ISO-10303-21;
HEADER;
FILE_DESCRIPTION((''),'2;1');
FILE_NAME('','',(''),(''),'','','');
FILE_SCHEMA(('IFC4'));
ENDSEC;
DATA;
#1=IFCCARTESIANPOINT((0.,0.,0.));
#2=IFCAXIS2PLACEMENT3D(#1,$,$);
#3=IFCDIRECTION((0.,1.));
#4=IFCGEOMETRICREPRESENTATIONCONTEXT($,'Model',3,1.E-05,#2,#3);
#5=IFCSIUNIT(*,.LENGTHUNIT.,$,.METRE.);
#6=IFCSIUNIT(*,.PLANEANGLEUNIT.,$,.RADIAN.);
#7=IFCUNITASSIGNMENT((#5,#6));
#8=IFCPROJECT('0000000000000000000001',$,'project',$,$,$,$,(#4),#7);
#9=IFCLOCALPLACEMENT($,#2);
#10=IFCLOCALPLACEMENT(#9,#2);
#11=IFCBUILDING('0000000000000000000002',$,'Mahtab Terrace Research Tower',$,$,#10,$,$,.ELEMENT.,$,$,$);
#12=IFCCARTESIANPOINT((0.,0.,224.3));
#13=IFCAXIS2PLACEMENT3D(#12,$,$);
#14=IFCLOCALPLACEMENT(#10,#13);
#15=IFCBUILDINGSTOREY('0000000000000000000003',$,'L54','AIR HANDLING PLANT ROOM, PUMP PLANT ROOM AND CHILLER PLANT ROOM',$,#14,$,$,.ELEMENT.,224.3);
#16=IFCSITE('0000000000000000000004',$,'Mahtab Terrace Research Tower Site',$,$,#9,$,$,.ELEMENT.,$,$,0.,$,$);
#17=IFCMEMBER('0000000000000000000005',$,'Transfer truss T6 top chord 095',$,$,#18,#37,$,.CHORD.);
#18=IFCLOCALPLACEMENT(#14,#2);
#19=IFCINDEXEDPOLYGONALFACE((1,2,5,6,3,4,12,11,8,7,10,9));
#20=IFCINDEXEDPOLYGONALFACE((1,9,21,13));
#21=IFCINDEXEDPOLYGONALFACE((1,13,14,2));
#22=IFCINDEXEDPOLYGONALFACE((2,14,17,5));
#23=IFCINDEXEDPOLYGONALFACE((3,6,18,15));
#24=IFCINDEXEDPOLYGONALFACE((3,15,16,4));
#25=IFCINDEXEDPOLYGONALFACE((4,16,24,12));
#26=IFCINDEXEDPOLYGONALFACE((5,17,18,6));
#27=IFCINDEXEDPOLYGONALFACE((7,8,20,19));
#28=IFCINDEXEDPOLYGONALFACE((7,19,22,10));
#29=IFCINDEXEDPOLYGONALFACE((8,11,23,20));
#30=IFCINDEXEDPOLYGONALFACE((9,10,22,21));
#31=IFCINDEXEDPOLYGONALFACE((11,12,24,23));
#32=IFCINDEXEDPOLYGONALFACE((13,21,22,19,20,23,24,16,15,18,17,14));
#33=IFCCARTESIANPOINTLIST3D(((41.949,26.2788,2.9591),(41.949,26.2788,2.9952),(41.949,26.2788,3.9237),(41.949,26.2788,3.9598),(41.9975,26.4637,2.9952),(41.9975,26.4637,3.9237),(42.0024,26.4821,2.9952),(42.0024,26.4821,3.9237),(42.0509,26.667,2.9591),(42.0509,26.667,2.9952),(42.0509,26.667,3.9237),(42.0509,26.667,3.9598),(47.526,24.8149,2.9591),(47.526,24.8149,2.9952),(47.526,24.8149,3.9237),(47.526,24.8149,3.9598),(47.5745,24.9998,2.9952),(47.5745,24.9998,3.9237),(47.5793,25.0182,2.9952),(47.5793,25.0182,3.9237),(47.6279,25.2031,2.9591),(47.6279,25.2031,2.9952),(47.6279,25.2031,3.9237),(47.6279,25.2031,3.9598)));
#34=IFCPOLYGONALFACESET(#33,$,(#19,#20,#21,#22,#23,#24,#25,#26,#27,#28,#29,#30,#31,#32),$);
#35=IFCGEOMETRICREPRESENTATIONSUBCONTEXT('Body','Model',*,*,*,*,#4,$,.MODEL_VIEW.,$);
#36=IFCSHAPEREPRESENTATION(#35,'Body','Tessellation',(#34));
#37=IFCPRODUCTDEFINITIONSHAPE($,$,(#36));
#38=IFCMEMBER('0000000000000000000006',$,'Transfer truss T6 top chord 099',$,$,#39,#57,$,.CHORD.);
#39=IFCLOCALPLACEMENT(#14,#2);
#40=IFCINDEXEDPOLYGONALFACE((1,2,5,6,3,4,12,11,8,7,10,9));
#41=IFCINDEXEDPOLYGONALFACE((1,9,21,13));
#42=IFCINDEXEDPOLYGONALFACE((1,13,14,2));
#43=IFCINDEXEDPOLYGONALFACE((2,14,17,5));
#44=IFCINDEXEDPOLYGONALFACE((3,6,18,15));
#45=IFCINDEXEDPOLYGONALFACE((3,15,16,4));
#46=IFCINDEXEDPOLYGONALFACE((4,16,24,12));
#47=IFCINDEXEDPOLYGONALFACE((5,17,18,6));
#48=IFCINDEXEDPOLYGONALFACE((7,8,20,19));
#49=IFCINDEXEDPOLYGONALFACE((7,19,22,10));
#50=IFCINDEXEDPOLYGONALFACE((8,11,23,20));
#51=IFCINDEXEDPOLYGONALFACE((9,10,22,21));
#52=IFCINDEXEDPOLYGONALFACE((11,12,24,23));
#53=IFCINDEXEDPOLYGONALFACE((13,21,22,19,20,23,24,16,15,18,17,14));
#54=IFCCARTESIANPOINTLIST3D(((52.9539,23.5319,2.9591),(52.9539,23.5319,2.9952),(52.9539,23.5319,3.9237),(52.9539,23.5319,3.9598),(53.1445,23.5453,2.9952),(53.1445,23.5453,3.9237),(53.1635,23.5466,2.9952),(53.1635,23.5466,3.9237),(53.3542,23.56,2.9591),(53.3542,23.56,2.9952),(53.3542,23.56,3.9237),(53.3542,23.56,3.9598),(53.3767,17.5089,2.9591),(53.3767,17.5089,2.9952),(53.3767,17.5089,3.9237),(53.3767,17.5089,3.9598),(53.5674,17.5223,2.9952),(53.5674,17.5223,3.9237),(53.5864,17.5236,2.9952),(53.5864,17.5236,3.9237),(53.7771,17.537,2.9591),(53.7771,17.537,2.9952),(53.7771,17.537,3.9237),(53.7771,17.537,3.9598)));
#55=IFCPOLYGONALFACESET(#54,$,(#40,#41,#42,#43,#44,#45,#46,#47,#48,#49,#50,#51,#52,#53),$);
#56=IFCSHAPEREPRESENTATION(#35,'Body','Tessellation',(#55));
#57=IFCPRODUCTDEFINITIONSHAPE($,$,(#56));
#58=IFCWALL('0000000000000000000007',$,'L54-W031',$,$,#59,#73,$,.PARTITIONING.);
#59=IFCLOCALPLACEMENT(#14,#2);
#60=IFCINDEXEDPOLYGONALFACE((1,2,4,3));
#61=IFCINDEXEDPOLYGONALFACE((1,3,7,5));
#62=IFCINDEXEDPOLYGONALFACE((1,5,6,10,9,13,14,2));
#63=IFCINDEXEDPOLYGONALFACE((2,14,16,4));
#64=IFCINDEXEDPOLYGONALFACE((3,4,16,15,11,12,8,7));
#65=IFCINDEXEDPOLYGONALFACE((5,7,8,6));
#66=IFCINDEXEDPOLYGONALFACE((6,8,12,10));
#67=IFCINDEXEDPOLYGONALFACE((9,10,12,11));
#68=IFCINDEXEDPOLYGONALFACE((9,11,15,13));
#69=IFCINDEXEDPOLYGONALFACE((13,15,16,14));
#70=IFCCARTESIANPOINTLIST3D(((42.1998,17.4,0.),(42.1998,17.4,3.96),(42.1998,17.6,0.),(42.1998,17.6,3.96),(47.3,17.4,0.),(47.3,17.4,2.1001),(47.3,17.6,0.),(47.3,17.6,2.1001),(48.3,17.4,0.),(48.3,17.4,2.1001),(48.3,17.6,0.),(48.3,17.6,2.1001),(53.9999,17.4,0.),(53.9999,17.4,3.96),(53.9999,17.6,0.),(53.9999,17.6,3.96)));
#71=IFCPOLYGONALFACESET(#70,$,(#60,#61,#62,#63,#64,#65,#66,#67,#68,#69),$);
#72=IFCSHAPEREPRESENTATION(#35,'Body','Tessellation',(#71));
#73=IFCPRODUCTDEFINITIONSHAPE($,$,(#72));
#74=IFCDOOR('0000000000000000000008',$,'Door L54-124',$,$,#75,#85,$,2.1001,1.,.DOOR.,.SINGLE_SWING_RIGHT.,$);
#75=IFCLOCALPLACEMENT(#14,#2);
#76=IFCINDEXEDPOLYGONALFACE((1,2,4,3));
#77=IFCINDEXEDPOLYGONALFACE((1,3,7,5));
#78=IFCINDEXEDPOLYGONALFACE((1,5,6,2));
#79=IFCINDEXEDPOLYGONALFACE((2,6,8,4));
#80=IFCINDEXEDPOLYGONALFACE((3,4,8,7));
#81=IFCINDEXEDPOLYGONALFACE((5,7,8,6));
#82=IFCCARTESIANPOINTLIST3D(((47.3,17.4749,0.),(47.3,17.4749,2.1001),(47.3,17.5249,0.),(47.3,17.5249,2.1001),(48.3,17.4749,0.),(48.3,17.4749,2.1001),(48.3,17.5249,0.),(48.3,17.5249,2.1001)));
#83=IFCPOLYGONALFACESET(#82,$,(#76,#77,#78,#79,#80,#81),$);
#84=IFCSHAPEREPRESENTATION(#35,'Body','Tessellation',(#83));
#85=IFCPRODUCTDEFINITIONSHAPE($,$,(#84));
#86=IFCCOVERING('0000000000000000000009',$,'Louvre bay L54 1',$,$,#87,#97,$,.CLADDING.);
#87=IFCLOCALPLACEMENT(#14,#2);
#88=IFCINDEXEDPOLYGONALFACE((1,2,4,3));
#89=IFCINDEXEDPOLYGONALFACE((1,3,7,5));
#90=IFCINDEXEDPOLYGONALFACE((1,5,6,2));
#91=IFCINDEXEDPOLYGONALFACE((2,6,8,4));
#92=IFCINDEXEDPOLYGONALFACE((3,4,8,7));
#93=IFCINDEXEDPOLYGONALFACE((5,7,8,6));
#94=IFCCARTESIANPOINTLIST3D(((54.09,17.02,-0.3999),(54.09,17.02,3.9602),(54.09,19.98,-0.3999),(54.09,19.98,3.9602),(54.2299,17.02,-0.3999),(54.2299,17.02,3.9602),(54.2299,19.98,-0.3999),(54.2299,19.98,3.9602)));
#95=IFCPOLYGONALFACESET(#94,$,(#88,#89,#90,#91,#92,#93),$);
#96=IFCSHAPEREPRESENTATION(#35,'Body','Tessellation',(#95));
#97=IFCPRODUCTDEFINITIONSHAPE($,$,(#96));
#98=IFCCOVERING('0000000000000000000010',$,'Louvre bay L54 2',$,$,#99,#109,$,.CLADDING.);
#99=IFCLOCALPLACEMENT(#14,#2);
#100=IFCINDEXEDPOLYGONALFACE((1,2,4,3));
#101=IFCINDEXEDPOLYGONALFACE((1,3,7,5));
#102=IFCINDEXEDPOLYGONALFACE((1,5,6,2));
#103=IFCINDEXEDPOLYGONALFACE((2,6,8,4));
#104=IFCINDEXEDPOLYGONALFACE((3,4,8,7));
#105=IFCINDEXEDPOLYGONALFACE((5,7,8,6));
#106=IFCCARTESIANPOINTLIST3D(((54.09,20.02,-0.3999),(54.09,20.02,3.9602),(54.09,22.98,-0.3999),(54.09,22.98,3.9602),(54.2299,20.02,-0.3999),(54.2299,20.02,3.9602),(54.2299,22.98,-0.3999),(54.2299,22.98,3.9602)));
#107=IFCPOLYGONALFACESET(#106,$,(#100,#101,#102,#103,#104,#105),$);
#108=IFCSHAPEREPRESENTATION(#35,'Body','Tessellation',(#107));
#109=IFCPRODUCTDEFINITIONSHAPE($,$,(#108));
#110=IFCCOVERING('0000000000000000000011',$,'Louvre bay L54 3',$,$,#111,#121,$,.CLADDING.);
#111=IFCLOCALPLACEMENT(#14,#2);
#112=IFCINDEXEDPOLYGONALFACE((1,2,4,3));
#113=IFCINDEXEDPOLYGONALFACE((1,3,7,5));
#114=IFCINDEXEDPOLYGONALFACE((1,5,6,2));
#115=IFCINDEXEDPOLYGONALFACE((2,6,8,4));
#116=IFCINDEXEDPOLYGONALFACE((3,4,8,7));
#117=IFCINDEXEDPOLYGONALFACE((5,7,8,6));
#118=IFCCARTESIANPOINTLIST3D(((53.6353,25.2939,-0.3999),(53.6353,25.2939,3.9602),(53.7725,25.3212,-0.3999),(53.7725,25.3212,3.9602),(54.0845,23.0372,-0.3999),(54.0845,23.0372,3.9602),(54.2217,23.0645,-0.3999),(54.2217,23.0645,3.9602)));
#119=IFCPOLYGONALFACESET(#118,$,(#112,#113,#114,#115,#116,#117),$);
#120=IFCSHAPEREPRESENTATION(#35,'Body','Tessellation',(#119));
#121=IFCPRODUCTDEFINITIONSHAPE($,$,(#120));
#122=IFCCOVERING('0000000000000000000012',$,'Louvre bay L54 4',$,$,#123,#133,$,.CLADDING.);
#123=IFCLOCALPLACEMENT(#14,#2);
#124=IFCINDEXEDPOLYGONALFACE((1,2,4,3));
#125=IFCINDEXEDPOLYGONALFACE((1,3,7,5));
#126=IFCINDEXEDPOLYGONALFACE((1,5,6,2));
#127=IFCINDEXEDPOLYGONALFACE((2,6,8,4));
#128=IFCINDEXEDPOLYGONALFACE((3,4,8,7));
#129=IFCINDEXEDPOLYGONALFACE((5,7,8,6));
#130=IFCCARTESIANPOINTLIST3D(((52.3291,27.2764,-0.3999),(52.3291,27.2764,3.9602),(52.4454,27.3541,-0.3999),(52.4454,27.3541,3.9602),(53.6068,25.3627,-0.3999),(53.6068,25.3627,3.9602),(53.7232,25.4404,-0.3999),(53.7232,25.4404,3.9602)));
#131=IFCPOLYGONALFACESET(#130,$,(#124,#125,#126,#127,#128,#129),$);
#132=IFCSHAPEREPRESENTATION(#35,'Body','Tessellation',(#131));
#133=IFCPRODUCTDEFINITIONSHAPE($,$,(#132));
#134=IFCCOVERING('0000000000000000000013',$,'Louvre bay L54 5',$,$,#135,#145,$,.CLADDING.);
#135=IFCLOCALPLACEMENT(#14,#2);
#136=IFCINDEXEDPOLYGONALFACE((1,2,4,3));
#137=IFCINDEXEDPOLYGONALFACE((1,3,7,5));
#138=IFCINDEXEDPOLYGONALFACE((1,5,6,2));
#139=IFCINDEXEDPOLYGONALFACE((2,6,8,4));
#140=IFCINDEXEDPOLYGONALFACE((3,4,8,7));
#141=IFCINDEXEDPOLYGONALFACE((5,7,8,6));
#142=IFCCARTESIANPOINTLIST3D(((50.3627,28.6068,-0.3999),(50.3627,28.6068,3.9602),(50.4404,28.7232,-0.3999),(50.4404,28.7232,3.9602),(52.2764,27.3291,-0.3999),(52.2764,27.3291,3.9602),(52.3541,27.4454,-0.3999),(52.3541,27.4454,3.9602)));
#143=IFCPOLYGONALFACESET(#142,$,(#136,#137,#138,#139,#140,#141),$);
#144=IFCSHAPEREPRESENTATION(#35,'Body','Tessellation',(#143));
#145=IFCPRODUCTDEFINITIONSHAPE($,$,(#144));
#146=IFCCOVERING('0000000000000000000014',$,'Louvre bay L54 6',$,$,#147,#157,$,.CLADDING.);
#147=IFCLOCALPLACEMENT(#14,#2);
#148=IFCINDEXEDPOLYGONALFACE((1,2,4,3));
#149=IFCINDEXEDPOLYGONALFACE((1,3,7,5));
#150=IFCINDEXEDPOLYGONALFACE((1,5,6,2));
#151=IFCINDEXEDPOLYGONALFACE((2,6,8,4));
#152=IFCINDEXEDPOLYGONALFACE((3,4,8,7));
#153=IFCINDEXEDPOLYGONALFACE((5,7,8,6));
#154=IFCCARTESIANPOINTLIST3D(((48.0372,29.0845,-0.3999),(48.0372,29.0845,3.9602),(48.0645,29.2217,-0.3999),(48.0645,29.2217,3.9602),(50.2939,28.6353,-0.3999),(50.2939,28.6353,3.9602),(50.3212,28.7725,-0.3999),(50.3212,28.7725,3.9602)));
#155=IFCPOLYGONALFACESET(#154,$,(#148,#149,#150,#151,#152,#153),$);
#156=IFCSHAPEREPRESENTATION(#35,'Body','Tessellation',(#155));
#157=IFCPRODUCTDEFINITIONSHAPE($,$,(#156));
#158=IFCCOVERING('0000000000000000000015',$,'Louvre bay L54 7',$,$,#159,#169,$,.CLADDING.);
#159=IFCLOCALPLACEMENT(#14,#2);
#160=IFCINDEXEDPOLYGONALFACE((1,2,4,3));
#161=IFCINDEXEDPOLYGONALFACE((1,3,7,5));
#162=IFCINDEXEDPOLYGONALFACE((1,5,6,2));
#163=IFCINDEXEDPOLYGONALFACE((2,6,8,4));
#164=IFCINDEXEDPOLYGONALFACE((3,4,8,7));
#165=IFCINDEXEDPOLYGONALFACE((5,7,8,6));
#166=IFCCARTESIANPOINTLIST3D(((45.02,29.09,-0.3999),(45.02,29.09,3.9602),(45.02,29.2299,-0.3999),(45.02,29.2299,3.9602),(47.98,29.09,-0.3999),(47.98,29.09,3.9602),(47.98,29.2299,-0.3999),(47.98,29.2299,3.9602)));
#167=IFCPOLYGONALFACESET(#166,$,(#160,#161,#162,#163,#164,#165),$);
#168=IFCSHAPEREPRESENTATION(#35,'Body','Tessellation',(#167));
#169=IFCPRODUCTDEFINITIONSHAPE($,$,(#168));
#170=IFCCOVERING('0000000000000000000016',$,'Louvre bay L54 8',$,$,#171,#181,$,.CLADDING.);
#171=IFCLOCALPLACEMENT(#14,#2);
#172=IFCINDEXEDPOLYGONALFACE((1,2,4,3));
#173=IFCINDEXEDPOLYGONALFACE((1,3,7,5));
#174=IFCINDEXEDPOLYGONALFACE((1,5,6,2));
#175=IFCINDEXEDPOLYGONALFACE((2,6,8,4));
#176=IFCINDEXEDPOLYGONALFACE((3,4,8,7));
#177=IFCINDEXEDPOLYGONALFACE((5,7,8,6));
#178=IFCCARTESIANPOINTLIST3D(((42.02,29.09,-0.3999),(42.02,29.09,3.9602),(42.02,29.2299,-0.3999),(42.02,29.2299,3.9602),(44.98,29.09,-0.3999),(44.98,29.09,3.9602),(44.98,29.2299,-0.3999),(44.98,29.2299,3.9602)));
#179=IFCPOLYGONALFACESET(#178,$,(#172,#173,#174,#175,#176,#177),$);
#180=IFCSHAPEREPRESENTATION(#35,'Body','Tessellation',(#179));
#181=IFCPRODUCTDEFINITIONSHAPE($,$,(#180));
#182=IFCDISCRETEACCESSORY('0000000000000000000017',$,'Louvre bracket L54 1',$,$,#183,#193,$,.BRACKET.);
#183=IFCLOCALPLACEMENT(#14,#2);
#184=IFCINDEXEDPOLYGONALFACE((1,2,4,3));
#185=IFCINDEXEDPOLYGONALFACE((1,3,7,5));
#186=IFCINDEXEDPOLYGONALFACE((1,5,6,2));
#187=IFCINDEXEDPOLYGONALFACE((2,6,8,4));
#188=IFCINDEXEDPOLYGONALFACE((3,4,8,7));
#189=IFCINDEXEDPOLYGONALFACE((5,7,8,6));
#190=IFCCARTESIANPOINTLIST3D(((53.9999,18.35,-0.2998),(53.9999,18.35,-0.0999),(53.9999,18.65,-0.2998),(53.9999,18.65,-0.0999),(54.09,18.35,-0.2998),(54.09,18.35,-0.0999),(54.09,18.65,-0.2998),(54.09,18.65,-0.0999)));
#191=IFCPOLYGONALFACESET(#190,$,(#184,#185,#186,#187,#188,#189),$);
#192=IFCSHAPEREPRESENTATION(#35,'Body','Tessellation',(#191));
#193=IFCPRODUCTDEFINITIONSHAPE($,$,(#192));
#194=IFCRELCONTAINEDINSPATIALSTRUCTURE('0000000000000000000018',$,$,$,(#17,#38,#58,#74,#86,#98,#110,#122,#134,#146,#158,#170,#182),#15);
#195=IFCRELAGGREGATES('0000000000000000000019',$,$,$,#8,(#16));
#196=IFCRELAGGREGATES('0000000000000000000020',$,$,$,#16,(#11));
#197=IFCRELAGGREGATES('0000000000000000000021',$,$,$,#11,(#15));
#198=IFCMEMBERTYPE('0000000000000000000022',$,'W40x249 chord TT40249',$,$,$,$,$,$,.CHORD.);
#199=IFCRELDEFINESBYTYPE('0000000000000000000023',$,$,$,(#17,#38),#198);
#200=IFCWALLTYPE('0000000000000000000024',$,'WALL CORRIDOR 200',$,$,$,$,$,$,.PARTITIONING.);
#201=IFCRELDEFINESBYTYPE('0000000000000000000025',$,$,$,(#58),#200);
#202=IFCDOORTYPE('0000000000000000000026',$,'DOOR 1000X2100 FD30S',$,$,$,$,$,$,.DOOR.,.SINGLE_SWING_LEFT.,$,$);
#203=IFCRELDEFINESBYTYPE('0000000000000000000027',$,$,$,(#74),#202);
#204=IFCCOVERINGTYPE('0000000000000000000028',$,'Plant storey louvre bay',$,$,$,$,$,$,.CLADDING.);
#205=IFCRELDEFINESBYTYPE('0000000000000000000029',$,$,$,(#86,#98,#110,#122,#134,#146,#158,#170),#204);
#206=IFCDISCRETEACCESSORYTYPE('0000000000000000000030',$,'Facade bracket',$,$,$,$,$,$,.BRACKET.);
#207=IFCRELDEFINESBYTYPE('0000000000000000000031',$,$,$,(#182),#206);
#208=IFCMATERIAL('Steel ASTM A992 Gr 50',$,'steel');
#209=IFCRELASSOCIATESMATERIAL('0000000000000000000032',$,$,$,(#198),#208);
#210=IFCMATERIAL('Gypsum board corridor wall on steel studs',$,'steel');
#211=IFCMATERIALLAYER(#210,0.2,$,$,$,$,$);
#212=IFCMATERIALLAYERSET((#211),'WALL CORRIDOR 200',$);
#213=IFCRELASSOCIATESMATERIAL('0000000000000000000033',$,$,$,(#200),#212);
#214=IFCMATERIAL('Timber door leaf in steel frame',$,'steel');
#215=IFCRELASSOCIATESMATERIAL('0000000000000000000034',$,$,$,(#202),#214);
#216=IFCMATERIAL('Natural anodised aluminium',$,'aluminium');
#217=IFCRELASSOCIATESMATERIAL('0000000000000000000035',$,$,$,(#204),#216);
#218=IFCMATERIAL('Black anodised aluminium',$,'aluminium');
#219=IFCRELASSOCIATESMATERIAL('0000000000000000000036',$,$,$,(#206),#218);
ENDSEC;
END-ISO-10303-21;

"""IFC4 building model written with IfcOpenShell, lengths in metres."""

from ifc_helpers import new_model, si_unit, direction, frame, frame_2d, origin, origin_2d, place, context, subcontext, project, spatial, rectangle, i_section, extrude, material, layer, layer_set, material_profile, profile_set, type_object, element, fill, save


model = new_model("IFC4")

# Units and contexts
model_context = context("Model", 3, precision=1e-05, world=origin(), true_north=direction((0.0, 1.0)))
body_context = subcontext(model_context, "Body", "Model", "MODEL_VIEW")
ifc_project = project(units=[si_unit("LENGTHUNIT", "METRE"), si_unit("PLANEANGLEUNIT", "RADIAN")], contexts=[model_context])

# Site, building, storey
site_placement = place(None, origin())
site = spatial("IfcSite", under=ifc_project, at=site_placement, Name="Mahtab Terrace Research Tower Site", CompositionType="ELEMENT", RefElevation=0.0)
building_placement = place(site_placement, origin())
building = spatial("IfcBuilding", under=site, at=building_placement, Name="Mahtab Terrace Research Tower", CompositionType="ELEMENT")
storey_placement = place(building_placement, frame((0.0, 0.0, 224.3)))
storey = spatial("IfcBuildingStorey", under=building, at=storey_placement, Name="L54", Description="AIR HANDLING PLANT ROOM, PUMP PLANT ROOM AND CHILLER PLANT ROOM", CompositionType="ELEMENT", Elevation=224.3)

# Members
ifc_material_1 = material(Name="Steel ASTM A992 Gr 50", Category="steel")
ifc_material_profile_1 = material_profile(ifc_material_1, i_section(OverallWidth=0.4014, OverallDepth=1.0007, WebThickness=0.019, FlangeThickness=0.0361, at=origin_2d()), Name="W40X249")
ifc_profile_set_1 = profile_set([ifc_material_profile_1], Name="Steel ASTM A992 Gr 50")
member_type_1 = type_object("IfcMemberType", Name="W40x249 chord TT40249", PredefinedType="CHORD", material=ifc_profile_set_1)
for number, where, z_axis, x_axis, name in (
    (1, (47.5769, 25.009, 3.4595), (-0.967234, 0.253887, 0.0), (-0.253887, -0.967234, 0.0), "Transfer truss T6 top chord 095"),
):
    element("IfcMember", number, at=place(storey_placement, frame(where, z_axis=z_axis, x_axis=x_axis)), inside=storey, type_object=member_type_1, Name=name, PredefinedType="CHORD", context=body_context, shape_type="SweptSolid", body=[
        extrude(i_section(OverallWidth=0.4014, OverallDepth=1.0007, WebThickness=0.019, FlangeThickness=0.0361, at=origin_2d()), origin(), (0.0, 0.0, 1.0), 5.7659),
    ])
member_1_placement = place(storey_placement, frame((53.5769, 17.5229, 3.4595), z_axis=(-0.070034, 0.997545, 0.0), x_axis=(-0.997545, -0.070034, 0.0)))
element("IfcMember", 2, at=member_1_placement, inside=storey, type_object=member_type_1, Name="Transfer truss T6 top chord 099", PredefinedType="CHORD", context=body_context, shape_type="SweptSolid", body=[
    extrude(i_section(OverallWidth=0.4014, OverallDepth=1.0007, WebThickness=0.019, FlangeThickness=0.0361, at=origin_2d()), origin(), (0.0, 0.0, 1.0), 6.0378),
])

# Wall, opening, door
ifc_material_2 = material(Name="Gypsum board corridor wall on steel studs", Category="steel")
ifc_layer_1 = layer(ifc_material_2, 0.2)
ifc_layer_set_1 = layer_set([ifc_layer_1], Name="WALL CORRIDOR 200")
wall_type = type_object("IfcWallType", Name="WALL CORRIDOR 200", PredefinedType="PARTITIONING", material=ifc_layer_set_1)
wall_placement = place(storey_placement, frame((42.2, 17.5, 0.0), z_axis=(0.0, 0.0, 1.0), x_axis=(1.0, 0.0, 0.0)))
wall = element("IfcWall", 3, at=wall_placement, inside=storey, type_object=wall_type, Name="L54-W031", PredefinedType="PARTITIONING", context=body_context, shape_type="SweptSolid", body=[
    extrude(rectangle(XDim=11.8, YDim=0.2, at=frame_2d((5.8999, 0.0))), origin(), (0.0, 0.0, 1.0), 3.96),
])
opening_placement = place(wall_placement, frame((5.1001, 0.0, 0.0)))
opening = element("IfcOpeningElement", 4, at=opening_placement, cuts=wall, PredefinedType="OPENING", context=body_context, shape_type="SweptSolid", body=[
    extrude(rectangle(XDim=1.0, YDim=2.1001, at=frame_2d((0.5, 1.05))), frame((0.0, 0.1099, 0.0), z_axis=(0.0, -1.0, 0.0), x_axis=(1.0, 0.0, 0.0)), (0.0, 0.0, 1.0), 0.22),
])
ifc_material_3 = material(Name="Timber door leaf in steel frame", Category="steel")
door_type = type_object("IfcDoorType", Name="DOOR 1000X2100 FD30S", OperationType="SINGLE_SWING_LEFT", PredefinedType="DOOR", material=ifc_material_3)
door_placement = place(opening_placement, origin())
door = element("IfcDoor", 5, at=door_placement, inside=storey, type_object=door_type, Name="Door L54-124", OperationType="SINGLE_SWING_RIGHT", OverallHeight=2.1001, OverallWidth=1.0, PredefinedType="DOOR", context=body_context, shape_type="SweptSolid", body=[
    extrude(rectangle(XDim=1.0, YDim=2.1001, at=frame_2d((0.5, 1.05))), frame((0.0, 0.0249, 0.0), z_axis=(0.0, -1.0, 0.0), x_axis=(1.0, 0.0, 0.0)), (0.0, 0.0, 1.0), 0.05),
])
fill(opening, door)

# Coverings
ifc_material_4 = material(Name="Natural anodised aluminium", Category="aluminium")
covering_type = type_object("IfcCoveringType", Name="Plant storey louvre bay", PredefinedType="CLADDING", material=ifc_material_4)
for number, where, z_axis, x_axis, name in (
    (6, (54.1599, 18.5, -0.3999), (0.0, 0.0, 1.0), (0.0, 1.0, 0.0), "Louvre bay L54 1"),
    (7, (54.1599, 21.5, -0.3999), (0.0, 0.0, 1.0), (0.0, 1.0, 0.0), "Louvre bay L54 2"),
):
    element("IfcCovering", number, at=place(storey_placement, frame(where, z_axis=z_axis, x_axis=x_axis)), inside=storey, type_object=covering_type, Name=name, PredefinedType="CLADDING", context=body_context, shape_type="SweptSolid", body=[
        extrude(rectangle(XDim=2.96, YDim=0.1399, at=origin_2d()), origin(), (0.0, 0.0, 1.0), 4.3601),
    ])
for number, where, z_axis, x_axis, name in (
    (8, (53.9285, 24.1792, -0.3999), (0.0, 0.0, 1.0), (-0.195212, 0.980761, 0.0), "Louvre bay L54 3"),
    (9, (53.0261, 26.3584, -0.3999), (0.0, 0.0, 1.0), (-0.555291, 0.831656, 0.0), "Louvre bay L54 4"),
    (10, (51.3584, 28.0261, -0.3999), (0.0, 0.0, 1.0), (-0.831656, 0.555291, 0.0), "Louvre bay L54 5"),
    (11, (49.1792, 28.9285, -0.3999), (0.0, 0.0, 1.0), (-0.980761, 0.195212, 0.0), "Louvre bay L54 6"),
):
    element("IfcCovering", number, at=place(storey_placement, frame(where, z_axis=z_axis, x_axis=x_axis)), inside=storey, type_object=covering_type, Name=name, PredefinedType="CLADDING", context=body_context, shape_type="SweptSolid", body=[
        extrude(rectangle(XDim=2.301, YDim=0.1399, at=origin_2d()), origin(), (0.0, 0.0, 1.0), 4.3601),
    ])
for number, where, z_axis, x_axis, name in (
    (12, (46.5, 29.1599, -0.3999), (0.0, 0.0, 1.0), (-1.0, 0.0, 0.0), "Louvre bay L54 7"),
    (13, (43.5, 29.1599, -0.3999), (0.0, 0.0, 1.0), (-1.0, 0.0, 0.0), "Louvre bay L54 8"),
):
    element("IfcCovering", number, at=place(storey_placement, frame(where, z_axis=z_axis, x_axis=x_axis)), inside=storey, type_object=covering_type, Name=name, PredefinedType="CLADDING", context=body_context, shape_type="SweptSolid", body=[
        extrude(rectangle(XDim=2.96, YDim=0.1399, at=origin_2d()), origin(), (0.0, 0.0, 1.0), 4.3601),
    ])

# Discrete accessory
ifc_material_5 = material(Name="Black anodised aluminium", Category="aluminium")
discrete_accessory_type_1 = type_object("IfcDiscreteAccessoryType", Name="Facade bracket", PredefinedType="BRACKET", material=ifc_material_5)
for number, where, z_axis, x_axis, name in (
    (14, (54.0449, 18.5, -0.2998), (0.0, 0.0, 1.0), (0.0, 1.0, 0.0), "Louvre bracket L54 1"),
):
    element("IfcDiscreteAccessory", number, at=place(storey_placement, frame(where, z_axis=z_axis, x_axis=x_axis)), inside=storey, type_object=discrete_accessory_type_1, Name=name, PredefinedType="BRACKET", context=body_context, shape_type="SweptSolid", body=[
        extrude(rectangle(XDim=0.3, YDim=0.0901, at=origin_2d()), origin(), (0.0, 0.0, 1.0), 0.2),
    ])

save(model, "model.ifc")
